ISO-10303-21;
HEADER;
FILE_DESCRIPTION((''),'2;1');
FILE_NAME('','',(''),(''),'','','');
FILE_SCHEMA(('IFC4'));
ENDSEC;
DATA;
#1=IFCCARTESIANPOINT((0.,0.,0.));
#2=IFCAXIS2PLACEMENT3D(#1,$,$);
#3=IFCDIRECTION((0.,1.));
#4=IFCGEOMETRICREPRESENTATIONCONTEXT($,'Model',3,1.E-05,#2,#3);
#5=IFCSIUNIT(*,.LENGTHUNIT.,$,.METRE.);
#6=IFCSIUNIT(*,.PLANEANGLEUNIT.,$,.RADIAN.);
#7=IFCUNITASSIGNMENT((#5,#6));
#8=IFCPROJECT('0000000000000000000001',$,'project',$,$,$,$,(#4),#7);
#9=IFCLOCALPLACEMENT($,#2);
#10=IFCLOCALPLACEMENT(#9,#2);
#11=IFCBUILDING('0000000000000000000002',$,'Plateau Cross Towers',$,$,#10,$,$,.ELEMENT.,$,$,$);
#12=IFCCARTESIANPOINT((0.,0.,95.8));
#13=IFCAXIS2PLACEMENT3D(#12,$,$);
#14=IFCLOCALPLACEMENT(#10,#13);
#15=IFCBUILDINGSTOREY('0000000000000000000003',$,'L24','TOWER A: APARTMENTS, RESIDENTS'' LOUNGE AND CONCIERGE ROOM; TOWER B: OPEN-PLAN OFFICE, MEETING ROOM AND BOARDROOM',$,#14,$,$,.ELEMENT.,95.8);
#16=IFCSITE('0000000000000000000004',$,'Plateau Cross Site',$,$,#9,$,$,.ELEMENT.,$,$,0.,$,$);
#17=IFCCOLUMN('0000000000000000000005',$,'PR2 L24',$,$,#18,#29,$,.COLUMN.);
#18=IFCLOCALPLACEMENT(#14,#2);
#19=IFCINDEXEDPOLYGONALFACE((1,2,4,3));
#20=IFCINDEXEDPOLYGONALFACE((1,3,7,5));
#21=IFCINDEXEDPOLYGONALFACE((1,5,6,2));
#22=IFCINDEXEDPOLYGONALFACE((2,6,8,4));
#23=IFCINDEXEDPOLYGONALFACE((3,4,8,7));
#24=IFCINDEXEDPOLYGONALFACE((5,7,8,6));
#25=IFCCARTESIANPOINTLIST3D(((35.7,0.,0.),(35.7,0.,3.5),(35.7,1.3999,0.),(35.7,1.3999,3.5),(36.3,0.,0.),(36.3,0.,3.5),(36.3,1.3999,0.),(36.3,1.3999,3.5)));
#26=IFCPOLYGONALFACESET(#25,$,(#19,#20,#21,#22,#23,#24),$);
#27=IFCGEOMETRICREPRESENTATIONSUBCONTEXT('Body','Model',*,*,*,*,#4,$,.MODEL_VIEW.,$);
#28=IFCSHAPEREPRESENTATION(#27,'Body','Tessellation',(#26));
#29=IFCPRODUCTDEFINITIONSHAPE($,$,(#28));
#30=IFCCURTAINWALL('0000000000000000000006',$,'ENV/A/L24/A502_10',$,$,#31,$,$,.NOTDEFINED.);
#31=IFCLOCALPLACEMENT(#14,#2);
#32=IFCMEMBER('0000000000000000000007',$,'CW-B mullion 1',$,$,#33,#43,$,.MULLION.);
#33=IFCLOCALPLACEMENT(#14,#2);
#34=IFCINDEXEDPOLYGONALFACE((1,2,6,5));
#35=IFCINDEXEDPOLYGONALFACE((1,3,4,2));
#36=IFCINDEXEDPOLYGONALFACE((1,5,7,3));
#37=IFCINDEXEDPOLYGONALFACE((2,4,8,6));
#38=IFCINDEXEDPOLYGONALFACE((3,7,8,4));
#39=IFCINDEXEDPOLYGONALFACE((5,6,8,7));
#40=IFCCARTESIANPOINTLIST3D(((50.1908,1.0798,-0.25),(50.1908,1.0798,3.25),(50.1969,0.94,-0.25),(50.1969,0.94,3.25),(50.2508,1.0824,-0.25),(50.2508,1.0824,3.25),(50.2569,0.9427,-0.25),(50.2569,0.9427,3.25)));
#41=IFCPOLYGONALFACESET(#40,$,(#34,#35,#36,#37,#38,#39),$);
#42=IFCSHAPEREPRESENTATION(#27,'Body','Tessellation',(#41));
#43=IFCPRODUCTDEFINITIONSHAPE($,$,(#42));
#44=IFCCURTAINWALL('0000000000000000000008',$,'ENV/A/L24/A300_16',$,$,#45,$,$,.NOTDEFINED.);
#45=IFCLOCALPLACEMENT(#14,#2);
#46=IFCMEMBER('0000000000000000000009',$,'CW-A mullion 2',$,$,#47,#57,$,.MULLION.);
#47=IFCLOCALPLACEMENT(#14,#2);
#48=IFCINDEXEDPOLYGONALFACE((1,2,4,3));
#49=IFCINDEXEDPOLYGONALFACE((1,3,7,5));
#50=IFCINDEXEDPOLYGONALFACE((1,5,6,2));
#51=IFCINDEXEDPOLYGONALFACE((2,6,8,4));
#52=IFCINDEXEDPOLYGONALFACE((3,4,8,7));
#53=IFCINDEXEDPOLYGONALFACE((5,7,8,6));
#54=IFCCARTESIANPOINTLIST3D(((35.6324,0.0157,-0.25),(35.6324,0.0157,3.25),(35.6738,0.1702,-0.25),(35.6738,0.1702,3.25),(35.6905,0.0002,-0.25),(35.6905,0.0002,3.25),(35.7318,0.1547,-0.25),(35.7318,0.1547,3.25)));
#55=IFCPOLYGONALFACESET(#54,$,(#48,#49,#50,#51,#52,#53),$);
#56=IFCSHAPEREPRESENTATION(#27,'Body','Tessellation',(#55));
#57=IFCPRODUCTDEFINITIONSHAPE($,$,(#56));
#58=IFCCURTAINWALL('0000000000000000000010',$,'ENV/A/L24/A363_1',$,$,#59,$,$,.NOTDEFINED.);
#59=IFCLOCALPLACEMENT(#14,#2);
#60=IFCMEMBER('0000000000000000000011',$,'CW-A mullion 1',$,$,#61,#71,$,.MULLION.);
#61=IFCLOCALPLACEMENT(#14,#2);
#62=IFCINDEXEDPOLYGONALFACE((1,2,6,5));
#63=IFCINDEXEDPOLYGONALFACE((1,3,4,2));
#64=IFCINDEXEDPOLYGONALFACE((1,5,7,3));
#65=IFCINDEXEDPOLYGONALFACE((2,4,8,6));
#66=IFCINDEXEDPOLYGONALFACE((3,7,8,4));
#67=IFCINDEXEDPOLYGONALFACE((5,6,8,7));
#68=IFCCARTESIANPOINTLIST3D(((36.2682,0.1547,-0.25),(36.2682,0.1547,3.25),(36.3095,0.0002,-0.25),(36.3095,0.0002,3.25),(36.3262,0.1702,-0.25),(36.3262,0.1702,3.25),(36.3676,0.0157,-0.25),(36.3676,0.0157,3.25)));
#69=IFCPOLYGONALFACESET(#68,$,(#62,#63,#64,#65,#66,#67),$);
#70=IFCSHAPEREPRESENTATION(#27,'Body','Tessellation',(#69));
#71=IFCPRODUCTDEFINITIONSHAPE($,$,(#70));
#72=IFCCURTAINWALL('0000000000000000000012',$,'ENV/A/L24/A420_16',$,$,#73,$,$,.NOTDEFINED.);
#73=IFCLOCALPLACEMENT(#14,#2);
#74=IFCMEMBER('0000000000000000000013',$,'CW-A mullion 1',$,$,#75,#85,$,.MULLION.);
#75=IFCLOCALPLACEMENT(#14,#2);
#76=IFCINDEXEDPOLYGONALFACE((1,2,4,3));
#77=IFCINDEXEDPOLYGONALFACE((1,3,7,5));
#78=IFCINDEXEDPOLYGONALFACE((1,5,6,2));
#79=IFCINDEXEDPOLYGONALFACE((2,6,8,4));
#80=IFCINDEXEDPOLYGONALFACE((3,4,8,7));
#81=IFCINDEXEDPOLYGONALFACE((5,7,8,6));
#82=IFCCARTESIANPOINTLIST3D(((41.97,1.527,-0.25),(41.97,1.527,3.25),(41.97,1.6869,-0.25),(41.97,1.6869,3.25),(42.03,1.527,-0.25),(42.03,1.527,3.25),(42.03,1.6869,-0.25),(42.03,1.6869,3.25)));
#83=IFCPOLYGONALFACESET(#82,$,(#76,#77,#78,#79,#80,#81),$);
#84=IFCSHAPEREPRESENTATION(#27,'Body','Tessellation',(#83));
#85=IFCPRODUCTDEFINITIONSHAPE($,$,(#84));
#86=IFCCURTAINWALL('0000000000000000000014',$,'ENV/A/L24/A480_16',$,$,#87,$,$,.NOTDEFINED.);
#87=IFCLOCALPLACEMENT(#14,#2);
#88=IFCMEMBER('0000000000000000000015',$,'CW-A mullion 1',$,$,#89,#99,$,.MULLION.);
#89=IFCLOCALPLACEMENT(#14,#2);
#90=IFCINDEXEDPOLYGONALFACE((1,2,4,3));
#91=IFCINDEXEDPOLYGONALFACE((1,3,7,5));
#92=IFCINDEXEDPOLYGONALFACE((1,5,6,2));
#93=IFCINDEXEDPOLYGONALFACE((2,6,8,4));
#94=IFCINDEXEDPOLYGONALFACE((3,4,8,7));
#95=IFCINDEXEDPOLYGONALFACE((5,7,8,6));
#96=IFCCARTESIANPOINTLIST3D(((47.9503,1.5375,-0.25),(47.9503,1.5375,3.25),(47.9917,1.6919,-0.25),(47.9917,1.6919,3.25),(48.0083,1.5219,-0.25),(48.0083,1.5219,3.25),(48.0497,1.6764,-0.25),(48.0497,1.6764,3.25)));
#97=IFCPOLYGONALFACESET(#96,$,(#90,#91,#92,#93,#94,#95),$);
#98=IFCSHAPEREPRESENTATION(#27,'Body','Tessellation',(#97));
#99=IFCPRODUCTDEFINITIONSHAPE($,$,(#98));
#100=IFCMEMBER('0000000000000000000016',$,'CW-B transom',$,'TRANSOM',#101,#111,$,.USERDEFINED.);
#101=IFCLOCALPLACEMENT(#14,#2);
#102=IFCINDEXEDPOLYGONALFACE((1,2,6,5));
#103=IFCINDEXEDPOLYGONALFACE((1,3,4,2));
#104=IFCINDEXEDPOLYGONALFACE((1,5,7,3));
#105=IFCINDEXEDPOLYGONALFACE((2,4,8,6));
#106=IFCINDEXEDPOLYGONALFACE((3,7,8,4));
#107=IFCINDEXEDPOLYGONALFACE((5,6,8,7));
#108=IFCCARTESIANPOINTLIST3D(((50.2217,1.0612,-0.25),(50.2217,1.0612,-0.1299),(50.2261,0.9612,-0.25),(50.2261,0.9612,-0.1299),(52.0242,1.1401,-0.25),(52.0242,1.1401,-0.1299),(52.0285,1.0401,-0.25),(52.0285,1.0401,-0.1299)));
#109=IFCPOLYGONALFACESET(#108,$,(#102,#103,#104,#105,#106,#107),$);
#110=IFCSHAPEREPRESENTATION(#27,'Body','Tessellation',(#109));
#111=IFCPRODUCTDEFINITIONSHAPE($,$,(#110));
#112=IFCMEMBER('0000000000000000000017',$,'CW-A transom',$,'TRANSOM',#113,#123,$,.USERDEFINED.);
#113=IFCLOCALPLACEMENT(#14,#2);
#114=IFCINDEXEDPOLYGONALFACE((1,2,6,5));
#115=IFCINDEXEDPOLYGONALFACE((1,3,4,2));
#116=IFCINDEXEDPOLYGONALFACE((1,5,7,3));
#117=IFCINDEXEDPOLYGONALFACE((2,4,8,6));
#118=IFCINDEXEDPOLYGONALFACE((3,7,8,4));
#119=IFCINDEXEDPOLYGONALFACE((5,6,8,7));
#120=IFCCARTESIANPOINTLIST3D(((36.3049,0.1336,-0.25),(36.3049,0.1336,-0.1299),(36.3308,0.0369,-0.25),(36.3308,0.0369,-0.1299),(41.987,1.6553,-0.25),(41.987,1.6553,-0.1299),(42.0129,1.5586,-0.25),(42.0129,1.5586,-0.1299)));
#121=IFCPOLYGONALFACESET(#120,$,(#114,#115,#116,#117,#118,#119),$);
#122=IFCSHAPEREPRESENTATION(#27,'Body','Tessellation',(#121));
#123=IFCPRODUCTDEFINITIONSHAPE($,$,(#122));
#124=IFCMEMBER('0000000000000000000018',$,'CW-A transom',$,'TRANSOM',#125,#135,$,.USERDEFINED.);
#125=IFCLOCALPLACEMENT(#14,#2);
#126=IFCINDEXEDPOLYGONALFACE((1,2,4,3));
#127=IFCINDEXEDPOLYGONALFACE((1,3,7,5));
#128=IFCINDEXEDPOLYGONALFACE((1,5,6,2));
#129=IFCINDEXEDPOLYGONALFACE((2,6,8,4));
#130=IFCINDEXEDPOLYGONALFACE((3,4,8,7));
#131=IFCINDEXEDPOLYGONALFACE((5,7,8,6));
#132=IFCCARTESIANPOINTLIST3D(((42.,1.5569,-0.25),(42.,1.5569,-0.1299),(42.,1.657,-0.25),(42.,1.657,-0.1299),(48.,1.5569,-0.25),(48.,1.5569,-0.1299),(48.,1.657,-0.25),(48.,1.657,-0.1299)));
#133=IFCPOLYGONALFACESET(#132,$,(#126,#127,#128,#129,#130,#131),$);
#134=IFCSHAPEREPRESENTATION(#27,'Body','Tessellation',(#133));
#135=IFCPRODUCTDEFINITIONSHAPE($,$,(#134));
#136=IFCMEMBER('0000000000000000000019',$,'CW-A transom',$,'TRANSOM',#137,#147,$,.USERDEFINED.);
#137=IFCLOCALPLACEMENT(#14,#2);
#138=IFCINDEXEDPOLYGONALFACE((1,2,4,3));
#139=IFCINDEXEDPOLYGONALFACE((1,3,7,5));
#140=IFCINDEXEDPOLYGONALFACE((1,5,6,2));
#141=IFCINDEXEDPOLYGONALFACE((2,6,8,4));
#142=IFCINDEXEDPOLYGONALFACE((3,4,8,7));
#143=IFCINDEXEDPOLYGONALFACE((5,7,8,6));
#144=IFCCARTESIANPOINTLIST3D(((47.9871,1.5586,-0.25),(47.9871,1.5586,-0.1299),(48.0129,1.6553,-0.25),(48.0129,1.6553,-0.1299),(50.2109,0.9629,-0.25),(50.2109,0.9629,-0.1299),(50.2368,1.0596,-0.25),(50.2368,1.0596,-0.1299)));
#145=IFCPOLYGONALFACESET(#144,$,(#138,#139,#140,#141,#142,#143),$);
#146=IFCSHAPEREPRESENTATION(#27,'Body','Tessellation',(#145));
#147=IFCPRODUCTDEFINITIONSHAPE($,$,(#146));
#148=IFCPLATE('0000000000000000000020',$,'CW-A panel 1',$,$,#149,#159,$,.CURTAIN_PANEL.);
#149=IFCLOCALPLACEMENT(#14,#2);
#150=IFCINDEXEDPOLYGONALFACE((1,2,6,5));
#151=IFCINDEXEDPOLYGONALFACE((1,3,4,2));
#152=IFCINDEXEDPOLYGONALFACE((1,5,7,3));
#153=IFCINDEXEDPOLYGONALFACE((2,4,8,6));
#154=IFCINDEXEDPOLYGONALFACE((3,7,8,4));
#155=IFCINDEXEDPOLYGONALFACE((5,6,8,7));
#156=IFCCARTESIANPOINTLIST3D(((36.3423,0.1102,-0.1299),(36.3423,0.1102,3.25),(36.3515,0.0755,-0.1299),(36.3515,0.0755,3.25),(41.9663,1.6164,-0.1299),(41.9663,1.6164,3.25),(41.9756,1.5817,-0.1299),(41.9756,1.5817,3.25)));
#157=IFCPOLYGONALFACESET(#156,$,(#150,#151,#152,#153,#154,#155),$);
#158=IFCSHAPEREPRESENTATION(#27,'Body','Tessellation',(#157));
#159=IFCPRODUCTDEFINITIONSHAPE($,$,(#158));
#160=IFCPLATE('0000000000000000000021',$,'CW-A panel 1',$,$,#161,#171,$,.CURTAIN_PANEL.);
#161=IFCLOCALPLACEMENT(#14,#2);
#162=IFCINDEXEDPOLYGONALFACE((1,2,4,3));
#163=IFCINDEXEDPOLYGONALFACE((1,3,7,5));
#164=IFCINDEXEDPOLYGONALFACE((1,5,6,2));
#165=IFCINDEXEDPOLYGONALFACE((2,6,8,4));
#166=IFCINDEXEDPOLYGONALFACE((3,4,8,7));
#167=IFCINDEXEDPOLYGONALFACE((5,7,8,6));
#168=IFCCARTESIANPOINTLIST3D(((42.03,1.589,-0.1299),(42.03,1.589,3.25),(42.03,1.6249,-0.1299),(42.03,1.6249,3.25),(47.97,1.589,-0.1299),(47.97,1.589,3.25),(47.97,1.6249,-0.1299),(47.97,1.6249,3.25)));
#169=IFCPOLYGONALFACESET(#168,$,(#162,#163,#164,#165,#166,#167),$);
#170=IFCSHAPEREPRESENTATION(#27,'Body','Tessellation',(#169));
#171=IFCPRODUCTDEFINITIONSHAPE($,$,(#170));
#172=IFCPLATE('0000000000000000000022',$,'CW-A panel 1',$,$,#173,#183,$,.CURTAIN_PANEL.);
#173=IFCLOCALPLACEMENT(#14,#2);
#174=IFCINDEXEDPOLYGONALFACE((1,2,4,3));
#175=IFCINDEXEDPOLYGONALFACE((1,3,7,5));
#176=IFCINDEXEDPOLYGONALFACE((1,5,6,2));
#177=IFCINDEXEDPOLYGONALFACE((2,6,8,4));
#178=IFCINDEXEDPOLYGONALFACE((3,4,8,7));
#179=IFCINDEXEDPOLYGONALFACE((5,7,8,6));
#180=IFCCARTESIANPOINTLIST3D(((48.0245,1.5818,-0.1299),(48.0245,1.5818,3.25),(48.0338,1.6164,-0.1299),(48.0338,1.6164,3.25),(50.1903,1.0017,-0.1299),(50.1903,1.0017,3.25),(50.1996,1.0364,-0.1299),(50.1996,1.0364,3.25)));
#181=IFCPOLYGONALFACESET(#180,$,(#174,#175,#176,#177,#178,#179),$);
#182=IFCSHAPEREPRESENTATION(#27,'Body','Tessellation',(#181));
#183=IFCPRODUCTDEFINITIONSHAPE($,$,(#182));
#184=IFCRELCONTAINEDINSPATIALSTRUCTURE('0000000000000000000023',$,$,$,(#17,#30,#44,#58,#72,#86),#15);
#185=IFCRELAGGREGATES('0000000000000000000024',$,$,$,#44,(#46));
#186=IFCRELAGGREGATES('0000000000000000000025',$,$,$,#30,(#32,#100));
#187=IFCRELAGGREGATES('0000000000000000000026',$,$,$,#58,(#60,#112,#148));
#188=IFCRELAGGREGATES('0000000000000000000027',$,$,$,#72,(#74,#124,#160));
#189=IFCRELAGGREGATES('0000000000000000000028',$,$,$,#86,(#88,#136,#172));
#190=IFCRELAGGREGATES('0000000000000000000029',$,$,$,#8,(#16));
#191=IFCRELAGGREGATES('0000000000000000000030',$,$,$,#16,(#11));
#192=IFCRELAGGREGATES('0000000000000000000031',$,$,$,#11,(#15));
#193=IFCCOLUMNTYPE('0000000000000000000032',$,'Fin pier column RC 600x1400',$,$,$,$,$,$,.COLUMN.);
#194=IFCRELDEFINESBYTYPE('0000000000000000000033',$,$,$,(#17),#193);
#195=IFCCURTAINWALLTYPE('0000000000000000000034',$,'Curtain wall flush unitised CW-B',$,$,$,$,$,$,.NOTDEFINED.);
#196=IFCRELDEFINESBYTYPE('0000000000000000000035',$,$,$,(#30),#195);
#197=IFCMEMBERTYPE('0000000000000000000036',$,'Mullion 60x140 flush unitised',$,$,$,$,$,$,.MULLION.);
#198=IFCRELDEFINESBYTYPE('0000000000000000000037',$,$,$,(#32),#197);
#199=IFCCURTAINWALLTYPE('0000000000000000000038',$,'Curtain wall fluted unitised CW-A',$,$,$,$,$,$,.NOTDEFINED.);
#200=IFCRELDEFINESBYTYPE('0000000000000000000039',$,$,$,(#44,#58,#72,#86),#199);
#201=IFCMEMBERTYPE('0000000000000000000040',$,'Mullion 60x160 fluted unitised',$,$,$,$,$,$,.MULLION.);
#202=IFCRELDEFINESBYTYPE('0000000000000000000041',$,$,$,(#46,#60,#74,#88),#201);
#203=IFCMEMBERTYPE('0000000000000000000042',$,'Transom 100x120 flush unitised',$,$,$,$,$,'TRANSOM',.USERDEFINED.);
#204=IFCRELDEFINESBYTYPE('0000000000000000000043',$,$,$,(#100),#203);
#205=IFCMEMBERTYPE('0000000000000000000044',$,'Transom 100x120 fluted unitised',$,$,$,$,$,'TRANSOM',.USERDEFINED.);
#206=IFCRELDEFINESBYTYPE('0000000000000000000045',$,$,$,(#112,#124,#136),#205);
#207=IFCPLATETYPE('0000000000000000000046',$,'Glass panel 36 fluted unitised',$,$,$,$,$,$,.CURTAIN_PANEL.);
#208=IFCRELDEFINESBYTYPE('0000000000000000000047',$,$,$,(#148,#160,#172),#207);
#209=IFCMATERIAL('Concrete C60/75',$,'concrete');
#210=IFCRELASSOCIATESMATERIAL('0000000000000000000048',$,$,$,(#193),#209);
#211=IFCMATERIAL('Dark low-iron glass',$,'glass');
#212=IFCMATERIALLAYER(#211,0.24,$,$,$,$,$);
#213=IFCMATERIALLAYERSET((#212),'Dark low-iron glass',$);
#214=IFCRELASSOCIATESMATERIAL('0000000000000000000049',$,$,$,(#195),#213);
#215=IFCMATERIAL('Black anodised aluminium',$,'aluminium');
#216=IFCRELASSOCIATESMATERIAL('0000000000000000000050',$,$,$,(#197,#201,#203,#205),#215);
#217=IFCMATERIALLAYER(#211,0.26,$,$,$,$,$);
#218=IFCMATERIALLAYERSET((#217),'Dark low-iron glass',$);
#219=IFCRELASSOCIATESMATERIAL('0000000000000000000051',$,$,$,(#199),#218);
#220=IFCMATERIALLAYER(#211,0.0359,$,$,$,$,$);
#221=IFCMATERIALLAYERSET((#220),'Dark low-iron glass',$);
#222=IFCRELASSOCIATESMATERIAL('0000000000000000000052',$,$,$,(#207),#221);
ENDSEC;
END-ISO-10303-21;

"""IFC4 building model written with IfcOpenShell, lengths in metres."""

from ifc_helpers import new_model, si_unit, direction, frame, origin, origin_2d, place, context, subcontext, project, spatial, rectangle, extrude, material, layer, layer_set, material_profile, profile_set, type_object, element, aggregate, save


model = new_model("IFC4")

# Units and contexts
model_context = context("Model", 3, precision=1e-05, world=origin(), true_north=direction((0.0, 1.0)))
body_context = subcontext(model_context, "Body", "Model", "MODEL_VIEW")
ifc_project = project(units=[si_unit("LENGTHUNIT", "METRE"), si_unit("PLANEANGLEUNIT", "RADIAN")], contexts=[model_context])

# Site, building, storey
site_placement = place(None, origin())
site = spatial("IfcSite", under=ifc_project, at=site_placement, Name="Plateau Cross Site", CompositionType="ELEMENT", RefElevation=0.0)
building_placement = place(site_placement, origin())
building = spatial("IfcBuilding", under=site, at=building_placement, Name="Plateau Cross Towers", CompositionType="ELEMENT")
storey_placement = place(building_placement, frame((0.0, 0.0, 95.8)))
storey = spatial("IfcBuildingStorey", under=building, at=storey_placement, Name="L24", Description="TOWER A: APARTMENTS, RESIDENTS' LOUNGE AND CONCIERGE ROOM; TOWER B: OPEN-PLAN OFFICE, MEETING ROOM AND BOARDROOM", CompositionType="ELEMENT", Elevation=95.8)

# Column
ifc_material_1 = material(Name="Concrete C60/75", Category="concrete")
ifc_material_profile_1 = material_profile(ifc_material_1, rectangle(XDim=0.6001, YDim=1.3999, at=origin_2d()), Name="RC 600x1400")
ifc_profile_set_1 = profile_set([ifc_material_profile_1], Name="Concrete C60/75")
column_type = type_object("IfcColumnType", Name="Fin pier column RC 600x1400", PredefinedType="COLUMN", material=ifc_profile_set_1)
column_placement = place(storey_placement, frame((36.0, 0.7, 0.0), z_axis=(0.0, 0.0, 1.0), x_axis=(1.0, 0.0, 0.0)))
element("IfcColumn", 1, at=column_placement, inside=storey, type_object=column_type, Name="PR2 L24", PredefinedType="COLUMN", context=body_context, shape_type="SweptSolid", body=[
    extrude(rectangle(XDim=0.6001, YDim=1.3999, at=origin_2d()), origin(), (0.0, 0.0, 1.0), 3.5),
])

# Curtain walls, members
ifc_material_2 = material(Name="Dark low-iron glass", Category="glass")
ifc_layer_1 = layer(ifc_material_2, 0.24)
ifc_layer_set_1 = layer_set([ifc_layer_1], Name="Dark low-iron glass")
curtain_wall_type_1 = type_object("IfcCurtainWallType", Name="Curtain wall flush unitised CW-B", PredefinedType="NOTDEFINED", material=ifc_layer_set_1)
curtain_wall_1_placement = place(storey_placement, origin())
curtain_wall_1 = element("IfcCurtainWall", 2, at=curtain_wall_1_placement, inside=storey, type_object=curtain_wall_type_1, Name="ENV/A/L24/A502_10", PredefinedType="NOTDEFINED")
ifc_material_3 = material(Name="Black anodised aluminium", Category="aluminium")
ifc_material_profile_2 = material_profile(ifc_material_3, rectangle(XDim=0.0601, YDim=0.1399, at=origin_2d()), Name="MULLION 60x140")
ifc_profile_set_2 = profile_set([ifc_material_profile_2], Name="Black anodised aluminium")
member_type_1 = type_object("IfcMemberType", Name="Mullion 60x140 flush unitised", PredefinedType="MULLION", material=ifc_profile_set_2)
member_1_placement = place(storey_placement, frame((50.2239, 1.0112, -0.25), z_axis=(0.0, 0.0, 1.0), x_axis=(0.999044, 0.043723, 0.0)))
member_1 = element("IfcMember", 3, at=member_1_placement, type_object=member_type_1, Name="CW-B mullion 1", PredefinedType="MULLION", context=body_context, shape_type="SweptSolid", body=[
    extrude(rectangle(XDim=0.0601, YDim=0.1399, at=origin_2d()), origin(), (0.0, 0.0, 1.0), 3.5),
])
ifc_layer_2 = layer(ifc_material_2, 0.26)
ifc_layer_set_2 = layer_set([ifc_layer_2], Name="Dark low-iron glass")
curtain_wall_type_2 = type_object("IfcCurtainWallType", Name="Curtain wall fluted unitised CW-A", PredefinedType="NOTDEFINED", material=ifc_layer_set_2)
curtain_wall_2_placement = place(storey_placement, origin())
curtain_wall_2 = element("IfcCurtainWall", 4, at=curtain_wall_2_placement, inside=storey, type_object=curtain_wall_type_2, Name="ENV/A/L24/A300_16", PredefinedType="NOTDEFINED")
ifc_material_profile_3 = material_profile(ifc_material_3, rectangle(XDim=0.0601, YDim=0.1599, at=origin_2d()), Name="MULLION 60x160")
ifc_profile_set_3 = profile_set([ifc_material_profile_3], Name="Black anodised aluminium")
member_type_2 = type_object("IfcMemberType", Name="Mullion 60x160 fluted unitised", PredefinedType="MULLION", material=ifc_profile_set_3)
member_2_placement = place(storey_placement, frame((35.6821, 0.0852, -0.25), z_axis=(0.0, 0.0, 1.0), x_axis=(0.965958, -0.258699, 0.0)))
member_2 = element("IfcMember", 5, at=member_2_placement, type_object=member_type_2, Name="CW-A mullion 2", PredefinedType="MULLION", context=body_context, shape_type="SweptSolid", body=[
    extrude(rectangle(XDim=0.0601, YDim=0.1599, at=origin_2d()), origin(), (0.0, 0.0, 1.0), 3.5),
])
aggregate(curtain_wall_2, [member_2])
curtain_wall_3_placement = place(storey_placement, origin())
curtain_wall_3 = element("IfcCurtainWall", 6, at=curtain_wall_3_placement, inside=storey, type_object=curtain_wall_type_2, Name="ENV/A/L24/A363_1", PredefinedType="NOTDEFINED")
member_3_placement = place(storey_placement, frame((36.3179, 0.0852, -0.25), z_axis=(0.0, 0.0, 1.0), x_axis=(0.965958, 0.258699, 0.0)))
member_3 = element("IfcMember", 7, at=member_3_placement, type_object=member_type_2, Name="CW-A mullion 1", PredefinedType="MULLION", context=body_context, shape_type="SweptSolid", body=[
    extrude(rectangle(XDim=0.0601, YDim=0.1599, at=origin_2d()), origin(), (0.0, 0.0, 1.0), 3.5),
])
curtain_wall_4_placement = place(storey_placement, origin())
curtain_wall_4 = element("IfcCurtainWall", 8, at=curtain_wall_4_placement, inside=storey, type_object=curtain_wall_type_2, Name="ENV/A/L24/A420_16", PredefinedType="NOTDEFINED")
member_4_placement = place(storey_placement, frame((42.0, 1.6069, -0.25), z_axis=(0.0, 0.0, 1.0), x_axis=(1.0, 0.0, 0.0)))
member_4 = element("IfcMember", 9, at=member_4_placement, type_object=member_type_2, Name="CW-A mullion 1", PredefinedType="MULLION", context=body_context, shape_type="SweptSolid", body=[
    extrude(rectangle(XDim=0.0601, YDim=0.1599, at=origin_2d()), origin(), (0.0, 0.0, 1.0), 3.5),
])
curtain_wall_5_placement = place(storey_placement, origin())
curtain_wall_5 = element("IfcCurtainWall", 10, at=curtain_wall_5_placement, inside=storey, type_object=curtain_wall_type_2, Name="ENV/A/L24/A480_16", PredefinedType="NOTDEFINED")
member_5_placement = place(storey_placement, frame((48.0, 1.6069, -0.25), z_axis=(0.0, 0.0, 1.0), x_axis=(0.965958, -0.258699, 0.0)))
member_5 = element("IfcMember", 11, at=member_5_placement, type_object=member_type_2, Name="CW-A mullion 1", PredefinedType="MULLION", context=body_context, shape_type="SweptSolid", body=[
    extrude(rectangle(XDim=0.0601, YDim=0.1599, at=origin_2d()), origin(), (0.0, 0.0, 1.0), 3.5),
])

# Members
ifc_material_profile_4 = material_profile(ifc_material_3, rectangle(XDim=0.1001, YDim=0.1201, at=origin_2d()), Name="TRANSOM 100x120")
ifc_profile_set_4 = profile_set([ifc_material_profile_4], Name="Black anodised aluminium")
member_type_3 = type_object("IfcMemberType", Name="Transom 100x120 flush unitised", ElementType="TRANSOM", PredefinedType="USERDEFINED", material=ifc_profile_set_4)
member_6_placement = place(storey_placement, frame((50.2239, 1.0112, -0.1899), z_axis=(0.999044, 0.043707, 0.0), x_axis=(-0.043707, 0.999044, 0.0)))
member_6 = element("IfcMember", 12, at=member_6_placement, type_object=member_type_3, Name="CW-B transom", ObjectType="TRANSOM", PredefinedType="USERDEFINED", context=body_context, shape_type="SweptSolid", body=[
    extrude(rectangle(XDim=0.1001, YDim=0.1201, at=origin_2d()), origin(), (0.0, 0.0, 1.0), 1.8042),
])
aggregate(curtain_wall_1, [member_1, member_6])
ifc_material_profile_5 = material_profile(ifc_material_3, rectangle(XDim=0.1001, YDim=0.1201, at=origin_2d()), Name="TRANSOM 100x120")
ifc_profile_set_5 = profile_set([ifc_material_profile_5], Name="Black anodised aluminium")
member_type_4 = type_object("IfcMemberType", Name="Transom 100x120 fluted unitised", ElementType="TRANSOM", PredefinedType="USERDEFINED", material=ifc_profile_set_5)
member_7_placement = place(storey_placement, frame((36.3179, 0.0852, -0.1899), z_axis=(0.96596, 0.258693, 0.0), x_axis=(-0.258693, 0.96596, 0.0)))
member_7 = element("IfcMember", 13, at=member_7_placement, type_object=member_type_4, Name="CW-A transom", ObjectType="TRANSOM", PredefinedType="USERDEFINED", context=body_context, shape_type="SweptSolid", body=[
    extrude(rectangle(XDim=0.1001, YDim=0.1201, at=origin_2d()), origin(), (0.0, 0.0, 1.0), 5.8823),
])
member_8_placement = place(storey_placement, frame((42.0, 1.6069, -0.1899), z_axis=(1.0, 0.0, 0.0), x_axis=(0.0, 1.0, 0.0)))
member_8 = element("IfcMember", 14, at=member_8_placement, type_object=member_type_4, Name="CW-A transom", ObjectType="TRANSOM", PredefinedType="USERDEFINED", context=body_context, shape_type="SweptSolid", body=[
    extrude(rectangle(XDim=0.1001, YDim=0.1201, at=origin_2d()), origin(), (0.0, 0.0, 1.0), 6.0),
])
member_9_placement = place(storey_placement, frame((48.0, 1.6069, -0.1899), z_axis=(0.965946, -0.258745, 0.0), x_axis=(0.258745, 0.965946, 0.0)))
member_9 = element("IfcMember", 15, at=member_9_placement, type_object=member_type_4, Name="CW-A transom", ObjectType="TRANSOM", PredefinedType="USERDEFINED", context=body_context, shape_type="SweptSolid", body=[
    extrude(rectangle(XDim=0.1001, YDim=0.1201, at=origin_2d()), origin(), (0.0, 0.0, 1.0), 2.3022),
])

# Plates
ifc_layer_3 = layer(ifc_material_2, 0.0359)
ifc_layer_set_3 = layer_set([ifc_layer_3], Name="Dark low-iron glass")
plate_type = type_object("IfcPlateType", Name="Glass panel 36 fluted unitised", PredefinedType="CURTAIN_PANEL", material=ifc_layer_set_3)
plate_1_placement = place(storey_placement, frame((39.1589, 0.8459, -0.1299), z_axis=(0.0, 0.0, 1.0), x_axis=(0.965958, 0.258699, 0.0)))
plate_1 = element("IfcPlate", 16, at=plate_1_placement, type_object=plate_type, Name="CW-A panel 1", PredefinedType="CURTAIN_PANEL", context=body_context, shape_type="SweptSolid", body=[
    extrude(rectangle(XDim=5.8223, YDim=0.0359, at=origin_2d()), origin(), (0.0, 0.0, 1.0), 3.3799),
])
aggregate(curtain_wall_3, [member_3, member_7, plate_1])
plate_2_placement = place(storey_placement, frame((45.0, 1.6069, -0.1299), z_axis=(0.0, 0.0, 1.0), x_axis=(1.0, 0.0, 0.0)))
plate_2 = element("IfcPlate", 17, at=plate_2_placement, type_object=plate_type, Name="CW-A panel 1", PredefinedType="CURTAIN_PANEL", context=body_context, shape_type="SweptSolid", body=[
    extrude(rectangle(XDim=5.9399, YDim=0.0359, at=origin_2d()), origin(), (0.0, 0.0, 1.0), 3.3799),
])
aggregate(curtain_wall_4, [member_4, member_8, plate_2])
plate_3_placement = place(storey_placement, frame((49.1121, 1.3091, -0.1299), z_axis=(0.0, 0.0, 1.0), x_axis=(0.965958, -0.258699, 0.0)))
plate_3 = element("IfcPlate", 18, at=plate_3_placement, type_object=plate_type, Name="CW-A panel 1", PredefinedType="CURTAIN_PANEL", context=body_context, shape_type="SweptSolid", body=[
    extrude(rectangle(XDim=2.2422, YDim=0.0359, at=origin_2d()), origin(), (0.0, 0.0, 1.0), 3.3799),
])
aggregate(curtain_wall_5, [member_5, member_9, plate_3])

save(model, "model.ifc")
